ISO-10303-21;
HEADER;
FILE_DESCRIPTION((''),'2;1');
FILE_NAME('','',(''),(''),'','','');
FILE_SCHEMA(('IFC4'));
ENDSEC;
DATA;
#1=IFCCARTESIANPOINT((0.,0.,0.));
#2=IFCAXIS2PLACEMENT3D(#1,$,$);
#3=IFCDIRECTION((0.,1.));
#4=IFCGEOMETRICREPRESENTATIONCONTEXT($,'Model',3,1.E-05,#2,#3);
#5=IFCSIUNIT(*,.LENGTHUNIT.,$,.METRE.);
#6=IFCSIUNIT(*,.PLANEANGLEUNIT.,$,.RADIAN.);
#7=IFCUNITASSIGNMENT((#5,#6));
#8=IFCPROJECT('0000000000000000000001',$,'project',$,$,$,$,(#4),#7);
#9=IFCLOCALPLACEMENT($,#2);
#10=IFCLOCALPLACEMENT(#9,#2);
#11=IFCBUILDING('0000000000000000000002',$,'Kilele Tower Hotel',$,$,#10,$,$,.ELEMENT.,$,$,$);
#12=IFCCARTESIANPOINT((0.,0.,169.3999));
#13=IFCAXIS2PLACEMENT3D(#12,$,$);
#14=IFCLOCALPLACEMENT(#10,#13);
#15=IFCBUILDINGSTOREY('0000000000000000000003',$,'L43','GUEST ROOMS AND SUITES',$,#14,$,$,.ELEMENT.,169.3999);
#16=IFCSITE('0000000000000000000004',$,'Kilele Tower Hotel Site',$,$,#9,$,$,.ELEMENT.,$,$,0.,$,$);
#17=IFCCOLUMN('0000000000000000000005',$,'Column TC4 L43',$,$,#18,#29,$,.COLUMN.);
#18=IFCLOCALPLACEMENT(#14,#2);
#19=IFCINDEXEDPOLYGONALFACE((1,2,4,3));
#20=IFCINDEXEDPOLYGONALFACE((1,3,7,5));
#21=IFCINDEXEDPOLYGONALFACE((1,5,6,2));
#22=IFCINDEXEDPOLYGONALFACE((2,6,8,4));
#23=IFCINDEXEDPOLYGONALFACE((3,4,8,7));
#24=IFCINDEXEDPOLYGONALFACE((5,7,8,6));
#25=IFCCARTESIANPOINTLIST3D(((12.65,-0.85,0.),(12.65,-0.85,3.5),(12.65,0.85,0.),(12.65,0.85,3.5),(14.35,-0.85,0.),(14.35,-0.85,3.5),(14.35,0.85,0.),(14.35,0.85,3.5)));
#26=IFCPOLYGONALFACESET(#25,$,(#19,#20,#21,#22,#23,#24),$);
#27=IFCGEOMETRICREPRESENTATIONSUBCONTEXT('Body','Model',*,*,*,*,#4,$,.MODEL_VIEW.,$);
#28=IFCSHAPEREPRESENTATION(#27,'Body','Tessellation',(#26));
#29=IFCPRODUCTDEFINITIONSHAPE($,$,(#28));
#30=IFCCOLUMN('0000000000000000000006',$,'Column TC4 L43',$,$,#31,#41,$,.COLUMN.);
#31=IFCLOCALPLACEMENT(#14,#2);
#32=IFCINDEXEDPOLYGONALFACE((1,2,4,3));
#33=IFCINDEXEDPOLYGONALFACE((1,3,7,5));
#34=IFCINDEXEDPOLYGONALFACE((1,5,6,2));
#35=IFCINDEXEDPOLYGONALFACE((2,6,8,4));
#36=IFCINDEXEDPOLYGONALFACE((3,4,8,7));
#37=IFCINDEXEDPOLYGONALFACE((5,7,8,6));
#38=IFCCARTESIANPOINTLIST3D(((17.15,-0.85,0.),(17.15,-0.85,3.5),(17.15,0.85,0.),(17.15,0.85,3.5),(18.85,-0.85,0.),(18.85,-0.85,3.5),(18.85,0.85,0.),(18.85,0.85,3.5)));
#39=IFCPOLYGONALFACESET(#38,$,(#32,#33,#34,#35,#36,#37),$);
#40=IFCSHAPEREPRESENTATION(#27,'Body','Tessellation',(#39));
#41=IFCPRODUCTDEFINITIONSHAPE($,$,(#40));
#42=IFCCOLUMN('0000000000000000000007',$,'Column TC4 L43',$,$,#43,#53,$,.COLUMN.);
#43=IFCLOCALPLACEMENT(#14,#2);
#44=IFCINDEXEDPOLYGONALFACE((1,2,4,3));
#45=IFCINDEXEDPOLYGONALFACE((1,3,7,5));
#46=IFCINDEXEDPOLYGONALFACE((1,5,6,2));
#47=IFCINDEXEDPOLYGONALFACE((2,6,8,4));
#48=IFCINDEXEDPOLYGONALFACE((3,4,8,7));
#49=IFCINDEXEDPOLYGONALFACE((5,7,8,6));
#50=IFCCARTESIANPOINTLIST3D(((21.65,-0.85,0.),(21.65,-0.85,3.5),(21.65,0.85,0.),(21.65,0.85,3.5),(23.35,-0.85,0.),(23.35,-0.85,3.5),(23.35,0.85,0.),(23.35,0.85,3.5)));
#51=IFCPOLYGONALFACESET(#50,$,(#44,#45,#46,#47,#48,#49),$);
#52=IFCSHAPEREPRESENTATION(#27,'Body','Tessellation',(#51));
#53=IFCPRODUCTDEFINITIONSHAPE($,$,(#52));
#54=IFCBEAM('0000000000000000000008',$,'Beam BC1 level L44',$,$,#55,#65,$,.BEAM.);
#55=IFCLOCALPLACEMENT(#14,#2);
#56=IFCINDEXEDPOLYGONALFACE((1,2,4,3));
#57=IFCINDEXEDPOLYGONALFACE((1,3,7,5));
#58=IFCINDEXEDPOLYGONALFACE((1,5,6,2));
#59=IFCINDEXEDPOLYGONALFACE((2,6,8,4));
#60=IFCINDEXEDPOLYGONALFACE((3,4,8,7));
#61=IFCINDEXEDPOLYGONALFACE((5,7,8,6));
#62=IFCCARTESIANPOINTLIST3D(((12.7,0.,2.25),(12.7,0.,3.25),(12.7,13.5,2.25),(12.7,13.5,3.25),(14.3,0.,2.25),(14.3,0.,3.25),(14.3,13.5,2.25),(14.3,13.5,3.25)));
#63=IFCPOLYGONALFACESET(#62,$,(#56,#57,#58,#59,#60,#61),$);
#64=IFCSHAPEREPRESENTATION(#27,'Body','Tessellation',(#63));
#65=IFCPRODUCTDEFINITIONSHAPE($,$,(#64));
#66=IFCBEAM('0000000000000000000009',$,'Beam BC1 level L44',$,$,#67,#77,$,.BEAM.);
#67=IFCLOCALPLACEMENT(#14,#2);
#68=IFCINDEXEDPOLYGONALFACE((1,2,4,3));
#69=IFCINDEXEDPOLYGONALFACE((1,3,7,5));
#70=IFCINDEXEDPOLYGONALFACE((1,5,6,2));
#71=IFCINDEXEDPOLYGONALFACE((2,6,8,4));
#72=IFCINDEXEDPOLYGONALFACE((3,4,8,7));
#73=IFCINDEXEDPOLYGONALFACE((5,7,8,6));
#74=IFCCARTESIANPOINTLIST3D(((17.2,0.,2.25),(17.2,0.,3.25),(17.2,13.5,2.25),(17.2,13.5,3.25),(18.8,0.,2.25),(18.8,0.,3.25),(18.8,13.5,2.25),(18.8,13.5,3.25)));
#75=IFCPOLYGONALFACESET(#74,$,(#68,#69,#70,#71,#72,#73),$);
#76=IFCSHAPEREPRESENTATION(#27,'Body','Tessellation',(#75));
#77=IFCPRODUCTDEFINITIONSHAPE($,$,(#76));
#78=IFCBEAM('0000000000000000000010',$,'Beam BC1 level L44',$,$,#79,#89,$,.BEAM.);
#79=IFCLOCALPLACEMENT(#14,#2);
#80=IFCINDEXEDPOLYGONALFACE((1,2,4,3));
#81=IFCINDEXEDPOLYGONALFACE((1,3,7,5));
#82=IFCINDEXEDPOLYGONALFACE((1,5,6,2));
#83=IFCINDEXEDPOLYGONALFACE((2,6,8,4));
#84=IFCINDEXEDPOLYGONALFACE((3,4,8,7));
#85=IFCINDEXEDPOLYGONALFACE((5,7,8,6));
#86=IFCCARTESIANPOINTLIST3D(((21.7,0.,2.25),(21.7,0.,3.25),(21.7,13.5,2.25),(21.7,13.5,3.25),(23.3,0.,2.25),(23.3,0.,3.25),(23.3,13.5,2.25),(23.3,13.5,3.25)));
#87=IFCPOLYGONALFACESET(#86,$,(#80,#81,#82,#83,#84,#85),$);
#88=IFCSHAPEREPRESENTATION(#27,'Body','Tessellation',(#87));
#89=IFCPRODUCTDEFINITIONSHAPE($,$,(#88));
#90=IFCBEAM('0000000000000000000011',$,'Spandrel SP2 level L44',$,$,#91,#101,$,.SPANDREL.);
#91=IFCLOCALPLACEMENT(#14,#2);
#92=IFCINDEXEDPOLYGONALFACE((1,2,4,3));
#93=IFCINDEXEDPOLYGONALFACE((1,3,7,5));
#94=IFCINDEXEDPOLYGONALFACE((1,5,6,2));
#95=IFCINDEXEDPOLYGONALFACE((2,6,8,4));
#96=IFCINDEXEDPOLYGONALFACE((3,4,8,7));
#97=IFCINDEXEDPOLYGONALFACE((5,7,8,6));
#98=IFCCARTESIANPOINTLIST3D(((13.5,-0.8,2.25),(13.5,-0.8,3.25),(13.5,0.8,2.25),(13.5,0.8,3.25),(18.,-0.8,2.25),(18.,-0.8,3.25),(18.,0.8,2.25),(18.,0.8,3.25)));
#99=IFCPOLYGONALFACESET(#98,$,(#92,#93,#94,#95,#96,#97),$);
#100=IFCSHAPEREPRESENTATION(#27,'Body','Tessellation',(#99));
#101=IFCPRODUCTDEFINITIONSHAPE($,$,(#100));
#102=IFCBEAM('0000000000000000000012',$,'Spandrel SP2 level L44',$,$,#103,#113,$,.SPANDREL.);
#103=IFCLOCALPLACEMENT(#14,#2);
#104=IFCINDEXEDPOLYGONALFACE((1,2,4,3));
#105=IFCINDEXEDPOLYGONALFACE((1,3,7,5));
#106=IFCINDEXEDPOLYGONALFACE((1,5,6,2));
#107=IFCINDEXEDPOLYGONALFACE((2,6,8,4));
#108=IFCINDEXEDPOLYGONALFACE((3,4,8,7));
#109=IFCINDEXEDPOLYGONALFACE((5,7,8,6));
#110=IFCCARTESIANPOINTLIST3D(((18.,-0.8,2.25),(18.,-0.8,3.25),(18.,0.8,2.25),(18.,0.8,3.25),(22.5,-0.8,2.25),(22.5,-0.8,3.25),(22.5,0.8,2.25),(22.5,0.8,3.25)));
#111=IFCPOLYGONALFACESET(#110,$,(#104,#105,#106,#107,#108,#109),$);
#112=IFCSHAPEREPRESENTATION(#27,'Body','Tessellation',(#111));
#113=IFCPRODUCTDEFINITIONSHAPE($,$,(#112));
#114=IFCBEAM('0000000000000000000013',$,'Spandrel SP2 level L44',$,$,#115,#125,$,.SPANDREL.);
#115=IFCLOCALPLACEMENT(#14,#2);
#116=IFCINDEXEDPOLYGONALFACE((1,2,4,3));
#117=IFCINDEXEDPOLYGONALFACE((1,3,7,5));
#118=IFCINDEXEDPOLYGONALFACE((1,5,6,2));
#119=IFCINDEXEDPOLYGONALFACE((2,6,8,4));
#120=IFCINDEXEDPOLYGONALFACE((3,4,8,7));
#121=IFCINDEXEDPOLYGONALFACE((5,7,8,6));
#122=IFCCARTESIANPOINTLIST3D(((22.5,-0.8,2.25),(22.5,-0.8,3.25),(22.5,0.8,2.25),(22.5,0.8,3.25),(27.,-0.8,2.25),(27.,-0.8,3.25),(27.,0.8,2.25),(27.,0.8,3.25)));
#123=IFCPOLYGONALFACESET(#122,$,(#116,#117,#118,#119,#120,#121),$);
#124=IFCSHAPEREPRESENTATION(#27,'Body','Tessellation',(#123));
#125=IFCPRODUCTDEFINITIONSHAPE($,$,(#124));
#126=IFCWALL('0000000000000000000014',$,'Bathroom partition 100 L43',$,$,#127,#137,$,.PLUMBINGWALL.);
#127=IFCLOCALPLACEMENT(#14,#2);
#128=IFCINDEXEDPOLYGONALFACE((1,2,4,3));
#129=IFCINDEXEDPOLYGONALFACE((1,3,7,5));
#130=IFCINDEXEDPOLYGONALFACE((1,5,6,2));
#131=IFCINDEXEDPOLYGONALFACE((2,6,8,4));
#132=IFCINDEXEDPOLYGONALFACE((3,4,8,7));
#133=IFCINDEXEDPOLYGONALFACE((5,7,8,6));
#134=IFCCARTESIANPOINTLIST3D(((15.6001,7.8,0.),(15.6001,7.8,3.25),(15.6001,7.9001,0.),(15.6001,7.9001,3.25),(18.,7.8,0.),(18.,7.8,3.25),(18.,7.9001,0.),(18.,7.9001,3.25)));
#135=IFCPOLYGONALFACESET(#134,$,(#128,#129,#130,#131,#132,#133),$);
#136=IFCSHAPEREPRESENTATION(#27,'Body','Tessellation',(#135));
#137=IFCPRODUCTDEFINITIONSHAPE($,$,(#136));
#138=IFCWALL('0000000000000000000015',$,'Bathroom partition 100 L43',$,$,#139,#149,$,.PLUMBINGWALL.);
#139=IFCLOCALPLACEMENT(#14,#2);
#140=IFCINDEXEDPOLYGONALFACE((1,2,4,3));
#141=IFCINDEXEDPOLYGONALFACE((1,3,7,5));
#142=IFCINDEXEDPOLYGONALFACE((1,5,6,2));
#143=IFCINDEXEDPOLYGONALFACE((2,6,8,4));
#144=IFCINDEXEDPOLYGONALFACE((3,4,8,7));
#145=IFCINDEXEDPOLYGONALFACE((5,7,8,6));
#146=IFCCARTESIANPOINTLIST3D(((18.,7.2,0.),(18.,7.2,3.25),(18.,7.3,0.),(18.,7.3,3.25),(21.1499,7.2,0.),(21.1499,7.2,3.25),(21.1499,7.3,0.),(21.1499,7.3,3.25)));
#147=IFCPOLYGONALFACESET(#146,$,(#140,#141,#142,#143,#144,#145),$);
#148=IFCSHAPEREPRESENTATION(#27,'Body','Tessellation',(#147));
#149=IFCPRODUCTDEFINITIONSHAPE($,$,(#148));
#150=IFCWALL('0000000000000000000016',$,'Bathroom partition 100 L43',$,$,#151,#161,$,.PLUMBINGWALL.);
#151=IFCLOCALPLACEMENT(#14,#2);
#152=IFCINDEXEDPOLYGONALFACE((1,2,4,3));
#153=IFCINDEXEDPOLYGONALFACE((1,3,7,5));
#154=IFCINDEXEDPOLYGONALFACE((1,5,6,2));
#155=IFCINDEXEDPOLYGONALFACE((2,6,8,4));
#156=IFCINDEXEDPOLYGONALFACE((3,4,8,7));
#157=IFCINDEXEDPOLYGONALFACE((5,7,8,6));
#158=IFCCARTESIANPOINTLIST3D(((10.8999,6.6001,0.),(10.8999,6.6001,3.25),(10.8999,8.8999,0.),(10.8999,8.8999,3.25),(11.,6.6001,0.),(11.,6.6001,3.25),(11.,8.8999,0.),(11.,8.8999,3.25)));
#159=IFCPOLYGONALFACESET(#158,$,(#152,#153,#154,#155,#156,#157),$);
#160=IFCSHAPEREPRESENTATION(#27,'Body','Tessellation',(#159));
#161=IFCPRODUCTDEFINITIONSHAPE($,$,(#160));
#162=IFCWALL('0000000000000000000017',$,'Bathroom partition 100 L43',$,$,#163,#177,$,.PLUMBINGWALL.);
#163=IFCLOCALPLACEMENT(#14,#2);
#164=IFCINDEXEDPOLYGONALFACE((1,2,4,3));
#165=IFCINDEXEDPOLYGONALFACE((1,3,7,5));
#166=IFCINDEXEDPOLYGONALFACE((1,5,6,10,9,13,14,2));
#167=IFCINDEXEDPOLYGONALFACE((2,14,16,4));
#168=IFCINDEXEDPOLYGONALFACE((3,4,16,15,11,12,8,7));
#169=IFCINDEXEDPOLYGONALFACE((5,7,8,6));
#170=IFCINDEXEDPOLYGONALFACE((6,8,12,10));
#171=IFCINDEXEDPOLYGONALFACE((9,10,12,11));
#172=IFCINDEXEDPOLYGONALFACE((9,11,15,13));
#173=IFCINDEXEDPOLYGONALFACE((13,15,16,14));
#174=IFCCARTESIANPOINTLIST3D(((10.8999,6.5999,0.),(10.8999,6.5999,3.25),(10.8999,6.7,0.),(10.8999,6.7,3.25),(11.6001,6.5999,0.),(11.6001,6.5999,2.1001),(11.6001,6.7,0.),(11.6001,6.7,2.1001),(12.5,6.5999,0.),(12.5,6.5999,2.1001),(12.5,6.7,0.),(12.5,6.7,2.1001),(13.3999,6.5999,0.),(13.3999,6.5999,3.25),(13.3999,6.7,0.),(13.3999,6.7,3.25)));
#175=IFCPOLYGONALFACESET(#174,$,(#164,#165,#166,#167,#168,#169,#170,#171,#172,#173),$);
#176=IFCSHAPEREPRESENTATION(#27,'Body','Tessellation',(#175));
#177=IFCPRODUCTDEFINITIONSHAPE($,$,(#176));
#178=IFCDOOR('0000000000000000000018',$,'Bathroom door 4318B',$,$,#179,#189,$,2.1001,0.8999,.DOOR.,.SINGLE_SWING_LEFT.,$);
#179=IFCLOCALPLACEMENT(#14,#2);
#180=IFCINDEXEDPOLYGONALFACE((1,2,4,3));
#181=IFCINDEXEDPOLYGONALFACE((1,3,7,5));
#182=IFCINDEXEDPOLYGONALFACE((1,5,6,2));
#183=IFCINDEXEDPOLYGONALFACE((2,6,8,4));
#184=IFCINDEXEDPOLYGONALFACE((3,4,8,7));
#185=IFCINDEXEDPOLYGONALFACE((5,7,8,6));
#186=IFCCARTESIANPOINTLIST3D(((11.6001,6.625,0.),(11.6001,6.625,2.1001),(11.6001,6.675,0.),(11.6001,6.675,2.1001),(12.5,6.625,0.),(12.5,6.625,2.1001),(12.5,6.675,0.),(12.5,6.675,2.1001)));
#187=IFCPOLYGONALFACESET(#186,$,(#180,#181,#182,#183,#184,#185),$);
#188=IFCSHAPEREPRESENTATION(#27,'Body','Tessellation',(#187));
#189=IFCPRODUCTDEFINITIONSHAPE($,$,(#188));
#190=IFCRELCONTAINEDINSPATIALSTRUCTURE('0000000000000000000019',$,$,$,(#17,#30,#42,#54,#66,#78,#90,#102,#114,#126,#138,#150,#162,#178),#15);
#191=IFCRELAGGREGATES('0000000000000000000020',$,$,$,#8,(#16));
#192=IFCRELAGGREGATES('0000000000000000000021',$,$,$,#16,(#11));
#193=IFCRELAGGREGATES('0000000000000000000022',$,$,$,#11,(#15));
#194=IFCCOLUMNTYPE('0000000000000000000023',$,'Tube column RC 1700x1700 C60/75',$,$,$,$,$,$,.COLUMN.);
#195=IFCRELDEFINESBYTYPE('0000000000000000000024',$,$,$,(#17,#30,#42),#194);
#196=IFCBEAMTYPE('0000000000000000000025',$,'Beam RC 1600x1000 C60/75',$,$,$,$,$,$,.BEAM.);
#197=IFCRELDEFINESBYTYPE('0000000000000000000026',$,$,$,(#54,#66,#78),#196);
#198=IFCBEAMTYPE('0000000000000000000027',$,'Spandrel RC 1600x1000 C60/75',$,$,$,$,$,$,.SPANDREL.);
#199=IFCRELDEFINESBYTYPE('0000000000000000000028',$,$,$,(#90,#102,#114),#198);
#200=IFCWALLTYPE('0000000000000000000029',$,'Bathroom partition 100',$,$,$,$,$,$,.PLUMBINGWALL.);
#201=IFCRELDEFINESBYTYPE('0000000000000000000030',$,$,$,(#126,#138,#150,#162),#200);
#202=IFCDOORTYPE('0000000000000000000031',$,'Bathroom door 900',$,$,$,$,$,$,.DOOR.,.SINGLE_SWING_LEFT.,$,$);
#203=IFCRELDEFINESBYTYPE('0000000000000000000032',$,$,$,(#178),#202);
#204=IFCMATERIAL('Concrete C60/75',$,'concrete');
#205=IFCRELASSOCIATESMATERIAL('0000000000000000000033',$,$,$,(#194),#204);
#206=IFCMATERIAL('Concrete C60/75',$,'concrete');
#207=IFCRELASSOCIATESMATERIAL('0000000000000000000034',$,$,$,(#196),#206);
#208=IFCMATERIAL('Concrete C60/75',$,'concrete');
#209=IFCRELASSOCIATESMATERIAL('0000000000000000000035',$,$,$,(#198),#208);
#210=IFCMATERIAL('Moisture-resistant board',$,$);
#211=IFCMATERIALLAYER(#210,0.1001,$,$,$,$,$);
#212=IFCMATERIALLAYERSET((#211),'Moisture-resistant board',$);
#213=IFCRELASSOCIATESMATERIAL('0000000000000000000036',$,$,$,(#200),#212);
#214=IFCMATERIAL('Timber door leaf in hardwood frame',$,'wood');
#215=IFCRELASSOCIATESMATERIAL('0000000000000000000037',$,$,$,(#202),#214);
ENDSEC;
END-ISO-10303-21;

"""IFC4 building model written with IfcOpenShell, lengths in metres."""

from ifc_helpers import new_model, si_unit, direction, frame, frame_2d, origin, origin_2d, place, context, subcontext, project, spatial, rectangle, extrude, material, layer, layer_set, material_profile, profile_set, type_object, element, fill, save


model = new_model("IFC4")

# Units and contexts
model_context = context("Model", 3, precision=1e-05, world=origin(), true_north=direction((0.0, 1.0)))
body_context = subcontext(model_context, "Body", "Model", "MODEL_VIEW")
ifc_project = project(units=[si_unit("LENGTHUNIT", "METRE"), si_unit("PLANEANGLEUNIT", "RADIAN")], contexts=[model_context])

# Site, building, storey
site_placement = place(None, origin())
site = spatial("IfcSite", under=ifc_project, at=site_placement, Name="Kilele Tower Hotel Site", CompositionType="ELEMENT", RefElevation=0.0)
building_placement = place(site_placement, origin())
building = spatial("IfcBuilding", under=site, at=building_placement, Name="Kilele Tower Hotel", CompositionType="ELEMENT")
storey_placement = place(building_placement, frame((0.0, 0.0, 169.3999)))
storey = spatial("IfcBuildingStorey", under=building, at=storey_placement, Name="L43", Description="GUEST ROOMS AND SUITES", CompositionType="ELEMENT", Elevation=169.3999)

# Columns
ifc_material_1 = material(Name="Concrete C60/75", Category="concrete")
ifc_material_profile_1 = material_profile(ifc_material_1, rectangle(XDim=1.7, YDim=1.7, at=origin_2d()))
ifc_profile_set_1 = profile_set([ifc_material_profile_1], Name="Concrete C60/75")
column_type = type_object("IfcColumnType", Name="Tube column RC 1700x1700 C60/75", PredefinedType="COLUMN", material=ifc_profile_set_1)
for number, where, z_axis, x_axis, name in (
    (1, (13.5, 0.0, 0.0), (0.0, 0.0, 1.0), (1.0, 0.0, 0.0), "Column TC4 L43"),
    (2, (18.0, 0.0, 0.0), (0.0, 0.0, 1.0), (1.0, 0.0, 0.0), "Column TC4 L43"),
    (3, (22.5, 0.0, 0.0), (0.0, 0.0, 1.0), (1.0, 0.0, 0.0), "Column TC4 L43"),
):
    element("IfcColumn", number, at=place(storey_placement, frame(where, z_axis=z_axis, x_axis=x_axis)), inside=storey, type_object=column_type, Name=name, PredefinedType="COLUMN", context=body_context, shape_type="SweptSolid", body=[
        extrude(rectangle(XDim=1.7, YDim=1.7, at=origin_2d()), origin(), (0.0, 0.0, 1.0), 3.5),
    ])

# Beams
ifc_material_2 = material(Name="Concrete C60/75", Category="concrete")
ifc_material_profile_2 = material_profile(ifc_material_2, rectangle(XDim=1.6001, YDim=1.0, at=origin_2d()))
ifc_profile_set_2 = profile_set([ifc_material_profile_2], Name="Concrete C60/75")
beam_type_1 = type_object("IfcBeamType", Name="Beam RC 1600x1000 C60/75", PredefinedType="BEAM", material=ifc_profile_set_2)
for number, where, z_axis, x_axis, name in (
    (4, (13.5, 0.0, 2.75), (0.0, 1.0, 0.0), (-1.0, 0.0, 0.0), "Beam BC1 level L44"),
    (5, (18.0, 0.0, 2.75), (0.0, 1.0, 0.0), (-1.0, 0.0, 0.0), "Beam BC1 level L44"),
    (6, (22.5, 0.0, 2.75), (0.0, 1.0, 0.0), (-1.0, 0.0, 0.0), "Beam BC1 level L44"),
):
    element("IfcBeam", number, at=place(storey_placement, frame(where, z_axis=z_axis, x_axis=x_axis)), inside=storey, type_object=beam_type_1, Name=name, PredefinedType="BEAM", context=body_context, shape_type="SweptSolid", body=[
        extrude(rectangle(XDim=1.6001, YDim=1.0, at=origin_2d()), origin(), (0.0, 0.0, 1.0), 13.5),
    ])
ifc_material_3 = material(Name="Concrete C60/75", Category="concrete")
ifc_material_profile_3 = material_profile(ifc_material_3, rectangle(XDim=1.6001, YDim=1.0, at=origin_2d()))
ifc_profile_set_3 = profile_set([ifc_material_profile_3], Name="Concrete C60/75")
beam_type_2 = type_object("IfcBeamType", Name="Spandrel RC 1600x1000 C60/75", PredefinedType="SPANDREL", material=ifc_profile_set_3)
for number, where, z_axis, x_axis, name in (
    (7, (13.5, 0.0, 2.75), (1.0, 0.0, 0.0), (0.0, 1.0, 0.0), "Spandrel SP2 level L44"),
    (8, (18.0, 0.0, 2.75), (1.0, 0.0, 0.0), (0.0, 1.0, 0.0), "Spandrel SP2 level L44"),
    (9, (22.5, 0.0, 2.75), (1.0, 0.0, 0.0), (0.0, 1.0, 0.0), "Spandrel SP2 level L44"),
):
    element("IfcBeam", number, at=place(storey_placement, frame(where, z_axis=z_axis, x_axis=x_axis)), inside=storey, type_object=beam_type_2, Name=name, PredefinedType="SPANDREL", context=body_context, shape_type="SweptSolid", body=[
        extrude(rectangle(XDim=1.6001, YDim=1.0, at=origin_2d()), origin(), (0.0, 0.0, 1.0), 4.5),
    ])

# Walls
ifc_material_4 = material(Name="Moisture-resistant board")
ifc_layer_1 = layer(ifc_material_4, 0.1001)
ifc_layer_set_1 = layer_set([ifc_layer_1], Name="Moisture-resistant board")
wall_type_1 = type_object("IfcWallType", Name="Bathroom partition 100", PredefinedType="PLUMBINGWALL", material=ifc_layer_set_1)
wall_1_placement = place(storey_placement, frame((15.6001, 7.8501, 0.0), z_axis=(0.0, 0.0, 1.0), x_axis=(1.0, 0.0, 0.0)))
element("IfcWall", 10, at=wall_1_placement, inside=storey, type_object=wall_type_1, Name="Bathroom partition 100 L43", PredefinedType="PLUMBINGWALL", context=body_context, shape_type="SweptSolid", body=[
    extrude(rectangle(XDim=2.3999, YDim=0.1001, at=frame_2d((1.2, 0.0))), origin(), (0.0, 0.0, 1.0), 3.25),
])
wall_2_placement = place(storey_placement, frame((18.0, 7.25, 0.0), z_axis=(0.0, 0.0, 1.0), x_axis=(1.0, 0.0, 0.0)))
element("IfcWall", 11, at=wall_2_placement, inside=storey, type_object=wall_type_1, Name="Bathroom partition 100 L43", PredefinedType="PLUMBINGWALL", context=body_context, shape_type="SweptSolid", body=[
    extrude(rectangle(XDim=3.1499, YDim=0.1001, at=frame_2d((1.575, 0.0))), origin(), (0.0, 0.0, 1.0), 3.25),
])
wall_3_placement = place(storey_placement, frame((10.95, 8.8999, 0.0), z_axis=(0.0, 0.0, 1.0), x_axis=(0.0, -1.0, 0.0)))
element("IfcWall", 12, at=wall_3_placement, inside=storey, type_object=wall_type_1, Name="Bathroom partition 100 L43", PredefinedType="PLUMBINGWALL", context=body_context, shape_type="SweptSolid", body=[
    extrude(rectangle(XDim=2.2998, YDim=0.1001, at=frame_2d((1.1499, 0.0))), origin(), (0.0, 0.0, 1.0), 3.25),
])

# Wall, opening, door
wall_4_placement = place(storey_placement, frame((13.3999, 6.6499, 0.0), z_axis=(0.0, 0.0, 1.0), x_axis=(-1.0, 0.0, 0.0)))
wall_4 = element("IfcWall", 13, at=wall_4_placement, inside=storey, type_object=wall_type_1, Name="Bathroom partition 100 L43", PredefinedType="PLUMBINGWALL", context=body_context, shape_type="SweptSolid", body=[
    extrude(rectangle(XDim=2.5, YDim=0.1001, at=frame_2d((1.25, 0.0))), origin(), (0.0, 0.0, 1.0), 3.25),
])
opening_1_placement = place(wall_4_placement, frame((0.8999, 0.0, 0.0)))
opening_1 = element("IfcOpeningElement", 14, at=opening_1_placement, cuts=wall_4, PredefinedType="OPENING", context=body_context, shape_type="SweptSolid", body=[
    extrude(rectangle(XDim=0.8999, YDim=2.1001, at=frame_2d((0.45, 1.05))), frame((0.0, 0.0601, 0.0), z_axis=(0.0, -1.0, 0.0), x_axis=(1.0, 0.0, 0.0)), (0.0, 0.0, 1.0), 0.1201),
])
ifc_material_5 = material(Name="Timber door leaf in hardwood frame", Category="wood")
door_type_1 = type_object("IfcDoorType", Name="Bathroom door 900", OperationType="SINGLE_SWING_LEFT", PredefinedType="DOOR", material=ifc_material_5)
door_1_placement = place(opening_1_placement, origin())
door_1 = element("IfcDoor", 15, at=door_1_placement, inside=storey, type_object=door_type_1, Name="Bathroom door 4318B", OperationType="SINGLE_SWING_LEFT", OverallHeight=2.1001, OverallWidth=0.8999, PredefinedType="DOOR", context=body_context, shape_type="SweptSolid", body=[
    extrude(rectangle(XDim=0.8999, YDim=2.1001, at=frame_2d((0.45, 1.05))), frame((0.0, 0.0249, 0.0), z_axis=(0.0, -1.0, 0.0), x_axis=(1.0, 0.0, 0.0)), (0.0, 0.0, 1.0), 0.05),
])
fill(opening_1, door_1)

save(model, "model.ifc")
